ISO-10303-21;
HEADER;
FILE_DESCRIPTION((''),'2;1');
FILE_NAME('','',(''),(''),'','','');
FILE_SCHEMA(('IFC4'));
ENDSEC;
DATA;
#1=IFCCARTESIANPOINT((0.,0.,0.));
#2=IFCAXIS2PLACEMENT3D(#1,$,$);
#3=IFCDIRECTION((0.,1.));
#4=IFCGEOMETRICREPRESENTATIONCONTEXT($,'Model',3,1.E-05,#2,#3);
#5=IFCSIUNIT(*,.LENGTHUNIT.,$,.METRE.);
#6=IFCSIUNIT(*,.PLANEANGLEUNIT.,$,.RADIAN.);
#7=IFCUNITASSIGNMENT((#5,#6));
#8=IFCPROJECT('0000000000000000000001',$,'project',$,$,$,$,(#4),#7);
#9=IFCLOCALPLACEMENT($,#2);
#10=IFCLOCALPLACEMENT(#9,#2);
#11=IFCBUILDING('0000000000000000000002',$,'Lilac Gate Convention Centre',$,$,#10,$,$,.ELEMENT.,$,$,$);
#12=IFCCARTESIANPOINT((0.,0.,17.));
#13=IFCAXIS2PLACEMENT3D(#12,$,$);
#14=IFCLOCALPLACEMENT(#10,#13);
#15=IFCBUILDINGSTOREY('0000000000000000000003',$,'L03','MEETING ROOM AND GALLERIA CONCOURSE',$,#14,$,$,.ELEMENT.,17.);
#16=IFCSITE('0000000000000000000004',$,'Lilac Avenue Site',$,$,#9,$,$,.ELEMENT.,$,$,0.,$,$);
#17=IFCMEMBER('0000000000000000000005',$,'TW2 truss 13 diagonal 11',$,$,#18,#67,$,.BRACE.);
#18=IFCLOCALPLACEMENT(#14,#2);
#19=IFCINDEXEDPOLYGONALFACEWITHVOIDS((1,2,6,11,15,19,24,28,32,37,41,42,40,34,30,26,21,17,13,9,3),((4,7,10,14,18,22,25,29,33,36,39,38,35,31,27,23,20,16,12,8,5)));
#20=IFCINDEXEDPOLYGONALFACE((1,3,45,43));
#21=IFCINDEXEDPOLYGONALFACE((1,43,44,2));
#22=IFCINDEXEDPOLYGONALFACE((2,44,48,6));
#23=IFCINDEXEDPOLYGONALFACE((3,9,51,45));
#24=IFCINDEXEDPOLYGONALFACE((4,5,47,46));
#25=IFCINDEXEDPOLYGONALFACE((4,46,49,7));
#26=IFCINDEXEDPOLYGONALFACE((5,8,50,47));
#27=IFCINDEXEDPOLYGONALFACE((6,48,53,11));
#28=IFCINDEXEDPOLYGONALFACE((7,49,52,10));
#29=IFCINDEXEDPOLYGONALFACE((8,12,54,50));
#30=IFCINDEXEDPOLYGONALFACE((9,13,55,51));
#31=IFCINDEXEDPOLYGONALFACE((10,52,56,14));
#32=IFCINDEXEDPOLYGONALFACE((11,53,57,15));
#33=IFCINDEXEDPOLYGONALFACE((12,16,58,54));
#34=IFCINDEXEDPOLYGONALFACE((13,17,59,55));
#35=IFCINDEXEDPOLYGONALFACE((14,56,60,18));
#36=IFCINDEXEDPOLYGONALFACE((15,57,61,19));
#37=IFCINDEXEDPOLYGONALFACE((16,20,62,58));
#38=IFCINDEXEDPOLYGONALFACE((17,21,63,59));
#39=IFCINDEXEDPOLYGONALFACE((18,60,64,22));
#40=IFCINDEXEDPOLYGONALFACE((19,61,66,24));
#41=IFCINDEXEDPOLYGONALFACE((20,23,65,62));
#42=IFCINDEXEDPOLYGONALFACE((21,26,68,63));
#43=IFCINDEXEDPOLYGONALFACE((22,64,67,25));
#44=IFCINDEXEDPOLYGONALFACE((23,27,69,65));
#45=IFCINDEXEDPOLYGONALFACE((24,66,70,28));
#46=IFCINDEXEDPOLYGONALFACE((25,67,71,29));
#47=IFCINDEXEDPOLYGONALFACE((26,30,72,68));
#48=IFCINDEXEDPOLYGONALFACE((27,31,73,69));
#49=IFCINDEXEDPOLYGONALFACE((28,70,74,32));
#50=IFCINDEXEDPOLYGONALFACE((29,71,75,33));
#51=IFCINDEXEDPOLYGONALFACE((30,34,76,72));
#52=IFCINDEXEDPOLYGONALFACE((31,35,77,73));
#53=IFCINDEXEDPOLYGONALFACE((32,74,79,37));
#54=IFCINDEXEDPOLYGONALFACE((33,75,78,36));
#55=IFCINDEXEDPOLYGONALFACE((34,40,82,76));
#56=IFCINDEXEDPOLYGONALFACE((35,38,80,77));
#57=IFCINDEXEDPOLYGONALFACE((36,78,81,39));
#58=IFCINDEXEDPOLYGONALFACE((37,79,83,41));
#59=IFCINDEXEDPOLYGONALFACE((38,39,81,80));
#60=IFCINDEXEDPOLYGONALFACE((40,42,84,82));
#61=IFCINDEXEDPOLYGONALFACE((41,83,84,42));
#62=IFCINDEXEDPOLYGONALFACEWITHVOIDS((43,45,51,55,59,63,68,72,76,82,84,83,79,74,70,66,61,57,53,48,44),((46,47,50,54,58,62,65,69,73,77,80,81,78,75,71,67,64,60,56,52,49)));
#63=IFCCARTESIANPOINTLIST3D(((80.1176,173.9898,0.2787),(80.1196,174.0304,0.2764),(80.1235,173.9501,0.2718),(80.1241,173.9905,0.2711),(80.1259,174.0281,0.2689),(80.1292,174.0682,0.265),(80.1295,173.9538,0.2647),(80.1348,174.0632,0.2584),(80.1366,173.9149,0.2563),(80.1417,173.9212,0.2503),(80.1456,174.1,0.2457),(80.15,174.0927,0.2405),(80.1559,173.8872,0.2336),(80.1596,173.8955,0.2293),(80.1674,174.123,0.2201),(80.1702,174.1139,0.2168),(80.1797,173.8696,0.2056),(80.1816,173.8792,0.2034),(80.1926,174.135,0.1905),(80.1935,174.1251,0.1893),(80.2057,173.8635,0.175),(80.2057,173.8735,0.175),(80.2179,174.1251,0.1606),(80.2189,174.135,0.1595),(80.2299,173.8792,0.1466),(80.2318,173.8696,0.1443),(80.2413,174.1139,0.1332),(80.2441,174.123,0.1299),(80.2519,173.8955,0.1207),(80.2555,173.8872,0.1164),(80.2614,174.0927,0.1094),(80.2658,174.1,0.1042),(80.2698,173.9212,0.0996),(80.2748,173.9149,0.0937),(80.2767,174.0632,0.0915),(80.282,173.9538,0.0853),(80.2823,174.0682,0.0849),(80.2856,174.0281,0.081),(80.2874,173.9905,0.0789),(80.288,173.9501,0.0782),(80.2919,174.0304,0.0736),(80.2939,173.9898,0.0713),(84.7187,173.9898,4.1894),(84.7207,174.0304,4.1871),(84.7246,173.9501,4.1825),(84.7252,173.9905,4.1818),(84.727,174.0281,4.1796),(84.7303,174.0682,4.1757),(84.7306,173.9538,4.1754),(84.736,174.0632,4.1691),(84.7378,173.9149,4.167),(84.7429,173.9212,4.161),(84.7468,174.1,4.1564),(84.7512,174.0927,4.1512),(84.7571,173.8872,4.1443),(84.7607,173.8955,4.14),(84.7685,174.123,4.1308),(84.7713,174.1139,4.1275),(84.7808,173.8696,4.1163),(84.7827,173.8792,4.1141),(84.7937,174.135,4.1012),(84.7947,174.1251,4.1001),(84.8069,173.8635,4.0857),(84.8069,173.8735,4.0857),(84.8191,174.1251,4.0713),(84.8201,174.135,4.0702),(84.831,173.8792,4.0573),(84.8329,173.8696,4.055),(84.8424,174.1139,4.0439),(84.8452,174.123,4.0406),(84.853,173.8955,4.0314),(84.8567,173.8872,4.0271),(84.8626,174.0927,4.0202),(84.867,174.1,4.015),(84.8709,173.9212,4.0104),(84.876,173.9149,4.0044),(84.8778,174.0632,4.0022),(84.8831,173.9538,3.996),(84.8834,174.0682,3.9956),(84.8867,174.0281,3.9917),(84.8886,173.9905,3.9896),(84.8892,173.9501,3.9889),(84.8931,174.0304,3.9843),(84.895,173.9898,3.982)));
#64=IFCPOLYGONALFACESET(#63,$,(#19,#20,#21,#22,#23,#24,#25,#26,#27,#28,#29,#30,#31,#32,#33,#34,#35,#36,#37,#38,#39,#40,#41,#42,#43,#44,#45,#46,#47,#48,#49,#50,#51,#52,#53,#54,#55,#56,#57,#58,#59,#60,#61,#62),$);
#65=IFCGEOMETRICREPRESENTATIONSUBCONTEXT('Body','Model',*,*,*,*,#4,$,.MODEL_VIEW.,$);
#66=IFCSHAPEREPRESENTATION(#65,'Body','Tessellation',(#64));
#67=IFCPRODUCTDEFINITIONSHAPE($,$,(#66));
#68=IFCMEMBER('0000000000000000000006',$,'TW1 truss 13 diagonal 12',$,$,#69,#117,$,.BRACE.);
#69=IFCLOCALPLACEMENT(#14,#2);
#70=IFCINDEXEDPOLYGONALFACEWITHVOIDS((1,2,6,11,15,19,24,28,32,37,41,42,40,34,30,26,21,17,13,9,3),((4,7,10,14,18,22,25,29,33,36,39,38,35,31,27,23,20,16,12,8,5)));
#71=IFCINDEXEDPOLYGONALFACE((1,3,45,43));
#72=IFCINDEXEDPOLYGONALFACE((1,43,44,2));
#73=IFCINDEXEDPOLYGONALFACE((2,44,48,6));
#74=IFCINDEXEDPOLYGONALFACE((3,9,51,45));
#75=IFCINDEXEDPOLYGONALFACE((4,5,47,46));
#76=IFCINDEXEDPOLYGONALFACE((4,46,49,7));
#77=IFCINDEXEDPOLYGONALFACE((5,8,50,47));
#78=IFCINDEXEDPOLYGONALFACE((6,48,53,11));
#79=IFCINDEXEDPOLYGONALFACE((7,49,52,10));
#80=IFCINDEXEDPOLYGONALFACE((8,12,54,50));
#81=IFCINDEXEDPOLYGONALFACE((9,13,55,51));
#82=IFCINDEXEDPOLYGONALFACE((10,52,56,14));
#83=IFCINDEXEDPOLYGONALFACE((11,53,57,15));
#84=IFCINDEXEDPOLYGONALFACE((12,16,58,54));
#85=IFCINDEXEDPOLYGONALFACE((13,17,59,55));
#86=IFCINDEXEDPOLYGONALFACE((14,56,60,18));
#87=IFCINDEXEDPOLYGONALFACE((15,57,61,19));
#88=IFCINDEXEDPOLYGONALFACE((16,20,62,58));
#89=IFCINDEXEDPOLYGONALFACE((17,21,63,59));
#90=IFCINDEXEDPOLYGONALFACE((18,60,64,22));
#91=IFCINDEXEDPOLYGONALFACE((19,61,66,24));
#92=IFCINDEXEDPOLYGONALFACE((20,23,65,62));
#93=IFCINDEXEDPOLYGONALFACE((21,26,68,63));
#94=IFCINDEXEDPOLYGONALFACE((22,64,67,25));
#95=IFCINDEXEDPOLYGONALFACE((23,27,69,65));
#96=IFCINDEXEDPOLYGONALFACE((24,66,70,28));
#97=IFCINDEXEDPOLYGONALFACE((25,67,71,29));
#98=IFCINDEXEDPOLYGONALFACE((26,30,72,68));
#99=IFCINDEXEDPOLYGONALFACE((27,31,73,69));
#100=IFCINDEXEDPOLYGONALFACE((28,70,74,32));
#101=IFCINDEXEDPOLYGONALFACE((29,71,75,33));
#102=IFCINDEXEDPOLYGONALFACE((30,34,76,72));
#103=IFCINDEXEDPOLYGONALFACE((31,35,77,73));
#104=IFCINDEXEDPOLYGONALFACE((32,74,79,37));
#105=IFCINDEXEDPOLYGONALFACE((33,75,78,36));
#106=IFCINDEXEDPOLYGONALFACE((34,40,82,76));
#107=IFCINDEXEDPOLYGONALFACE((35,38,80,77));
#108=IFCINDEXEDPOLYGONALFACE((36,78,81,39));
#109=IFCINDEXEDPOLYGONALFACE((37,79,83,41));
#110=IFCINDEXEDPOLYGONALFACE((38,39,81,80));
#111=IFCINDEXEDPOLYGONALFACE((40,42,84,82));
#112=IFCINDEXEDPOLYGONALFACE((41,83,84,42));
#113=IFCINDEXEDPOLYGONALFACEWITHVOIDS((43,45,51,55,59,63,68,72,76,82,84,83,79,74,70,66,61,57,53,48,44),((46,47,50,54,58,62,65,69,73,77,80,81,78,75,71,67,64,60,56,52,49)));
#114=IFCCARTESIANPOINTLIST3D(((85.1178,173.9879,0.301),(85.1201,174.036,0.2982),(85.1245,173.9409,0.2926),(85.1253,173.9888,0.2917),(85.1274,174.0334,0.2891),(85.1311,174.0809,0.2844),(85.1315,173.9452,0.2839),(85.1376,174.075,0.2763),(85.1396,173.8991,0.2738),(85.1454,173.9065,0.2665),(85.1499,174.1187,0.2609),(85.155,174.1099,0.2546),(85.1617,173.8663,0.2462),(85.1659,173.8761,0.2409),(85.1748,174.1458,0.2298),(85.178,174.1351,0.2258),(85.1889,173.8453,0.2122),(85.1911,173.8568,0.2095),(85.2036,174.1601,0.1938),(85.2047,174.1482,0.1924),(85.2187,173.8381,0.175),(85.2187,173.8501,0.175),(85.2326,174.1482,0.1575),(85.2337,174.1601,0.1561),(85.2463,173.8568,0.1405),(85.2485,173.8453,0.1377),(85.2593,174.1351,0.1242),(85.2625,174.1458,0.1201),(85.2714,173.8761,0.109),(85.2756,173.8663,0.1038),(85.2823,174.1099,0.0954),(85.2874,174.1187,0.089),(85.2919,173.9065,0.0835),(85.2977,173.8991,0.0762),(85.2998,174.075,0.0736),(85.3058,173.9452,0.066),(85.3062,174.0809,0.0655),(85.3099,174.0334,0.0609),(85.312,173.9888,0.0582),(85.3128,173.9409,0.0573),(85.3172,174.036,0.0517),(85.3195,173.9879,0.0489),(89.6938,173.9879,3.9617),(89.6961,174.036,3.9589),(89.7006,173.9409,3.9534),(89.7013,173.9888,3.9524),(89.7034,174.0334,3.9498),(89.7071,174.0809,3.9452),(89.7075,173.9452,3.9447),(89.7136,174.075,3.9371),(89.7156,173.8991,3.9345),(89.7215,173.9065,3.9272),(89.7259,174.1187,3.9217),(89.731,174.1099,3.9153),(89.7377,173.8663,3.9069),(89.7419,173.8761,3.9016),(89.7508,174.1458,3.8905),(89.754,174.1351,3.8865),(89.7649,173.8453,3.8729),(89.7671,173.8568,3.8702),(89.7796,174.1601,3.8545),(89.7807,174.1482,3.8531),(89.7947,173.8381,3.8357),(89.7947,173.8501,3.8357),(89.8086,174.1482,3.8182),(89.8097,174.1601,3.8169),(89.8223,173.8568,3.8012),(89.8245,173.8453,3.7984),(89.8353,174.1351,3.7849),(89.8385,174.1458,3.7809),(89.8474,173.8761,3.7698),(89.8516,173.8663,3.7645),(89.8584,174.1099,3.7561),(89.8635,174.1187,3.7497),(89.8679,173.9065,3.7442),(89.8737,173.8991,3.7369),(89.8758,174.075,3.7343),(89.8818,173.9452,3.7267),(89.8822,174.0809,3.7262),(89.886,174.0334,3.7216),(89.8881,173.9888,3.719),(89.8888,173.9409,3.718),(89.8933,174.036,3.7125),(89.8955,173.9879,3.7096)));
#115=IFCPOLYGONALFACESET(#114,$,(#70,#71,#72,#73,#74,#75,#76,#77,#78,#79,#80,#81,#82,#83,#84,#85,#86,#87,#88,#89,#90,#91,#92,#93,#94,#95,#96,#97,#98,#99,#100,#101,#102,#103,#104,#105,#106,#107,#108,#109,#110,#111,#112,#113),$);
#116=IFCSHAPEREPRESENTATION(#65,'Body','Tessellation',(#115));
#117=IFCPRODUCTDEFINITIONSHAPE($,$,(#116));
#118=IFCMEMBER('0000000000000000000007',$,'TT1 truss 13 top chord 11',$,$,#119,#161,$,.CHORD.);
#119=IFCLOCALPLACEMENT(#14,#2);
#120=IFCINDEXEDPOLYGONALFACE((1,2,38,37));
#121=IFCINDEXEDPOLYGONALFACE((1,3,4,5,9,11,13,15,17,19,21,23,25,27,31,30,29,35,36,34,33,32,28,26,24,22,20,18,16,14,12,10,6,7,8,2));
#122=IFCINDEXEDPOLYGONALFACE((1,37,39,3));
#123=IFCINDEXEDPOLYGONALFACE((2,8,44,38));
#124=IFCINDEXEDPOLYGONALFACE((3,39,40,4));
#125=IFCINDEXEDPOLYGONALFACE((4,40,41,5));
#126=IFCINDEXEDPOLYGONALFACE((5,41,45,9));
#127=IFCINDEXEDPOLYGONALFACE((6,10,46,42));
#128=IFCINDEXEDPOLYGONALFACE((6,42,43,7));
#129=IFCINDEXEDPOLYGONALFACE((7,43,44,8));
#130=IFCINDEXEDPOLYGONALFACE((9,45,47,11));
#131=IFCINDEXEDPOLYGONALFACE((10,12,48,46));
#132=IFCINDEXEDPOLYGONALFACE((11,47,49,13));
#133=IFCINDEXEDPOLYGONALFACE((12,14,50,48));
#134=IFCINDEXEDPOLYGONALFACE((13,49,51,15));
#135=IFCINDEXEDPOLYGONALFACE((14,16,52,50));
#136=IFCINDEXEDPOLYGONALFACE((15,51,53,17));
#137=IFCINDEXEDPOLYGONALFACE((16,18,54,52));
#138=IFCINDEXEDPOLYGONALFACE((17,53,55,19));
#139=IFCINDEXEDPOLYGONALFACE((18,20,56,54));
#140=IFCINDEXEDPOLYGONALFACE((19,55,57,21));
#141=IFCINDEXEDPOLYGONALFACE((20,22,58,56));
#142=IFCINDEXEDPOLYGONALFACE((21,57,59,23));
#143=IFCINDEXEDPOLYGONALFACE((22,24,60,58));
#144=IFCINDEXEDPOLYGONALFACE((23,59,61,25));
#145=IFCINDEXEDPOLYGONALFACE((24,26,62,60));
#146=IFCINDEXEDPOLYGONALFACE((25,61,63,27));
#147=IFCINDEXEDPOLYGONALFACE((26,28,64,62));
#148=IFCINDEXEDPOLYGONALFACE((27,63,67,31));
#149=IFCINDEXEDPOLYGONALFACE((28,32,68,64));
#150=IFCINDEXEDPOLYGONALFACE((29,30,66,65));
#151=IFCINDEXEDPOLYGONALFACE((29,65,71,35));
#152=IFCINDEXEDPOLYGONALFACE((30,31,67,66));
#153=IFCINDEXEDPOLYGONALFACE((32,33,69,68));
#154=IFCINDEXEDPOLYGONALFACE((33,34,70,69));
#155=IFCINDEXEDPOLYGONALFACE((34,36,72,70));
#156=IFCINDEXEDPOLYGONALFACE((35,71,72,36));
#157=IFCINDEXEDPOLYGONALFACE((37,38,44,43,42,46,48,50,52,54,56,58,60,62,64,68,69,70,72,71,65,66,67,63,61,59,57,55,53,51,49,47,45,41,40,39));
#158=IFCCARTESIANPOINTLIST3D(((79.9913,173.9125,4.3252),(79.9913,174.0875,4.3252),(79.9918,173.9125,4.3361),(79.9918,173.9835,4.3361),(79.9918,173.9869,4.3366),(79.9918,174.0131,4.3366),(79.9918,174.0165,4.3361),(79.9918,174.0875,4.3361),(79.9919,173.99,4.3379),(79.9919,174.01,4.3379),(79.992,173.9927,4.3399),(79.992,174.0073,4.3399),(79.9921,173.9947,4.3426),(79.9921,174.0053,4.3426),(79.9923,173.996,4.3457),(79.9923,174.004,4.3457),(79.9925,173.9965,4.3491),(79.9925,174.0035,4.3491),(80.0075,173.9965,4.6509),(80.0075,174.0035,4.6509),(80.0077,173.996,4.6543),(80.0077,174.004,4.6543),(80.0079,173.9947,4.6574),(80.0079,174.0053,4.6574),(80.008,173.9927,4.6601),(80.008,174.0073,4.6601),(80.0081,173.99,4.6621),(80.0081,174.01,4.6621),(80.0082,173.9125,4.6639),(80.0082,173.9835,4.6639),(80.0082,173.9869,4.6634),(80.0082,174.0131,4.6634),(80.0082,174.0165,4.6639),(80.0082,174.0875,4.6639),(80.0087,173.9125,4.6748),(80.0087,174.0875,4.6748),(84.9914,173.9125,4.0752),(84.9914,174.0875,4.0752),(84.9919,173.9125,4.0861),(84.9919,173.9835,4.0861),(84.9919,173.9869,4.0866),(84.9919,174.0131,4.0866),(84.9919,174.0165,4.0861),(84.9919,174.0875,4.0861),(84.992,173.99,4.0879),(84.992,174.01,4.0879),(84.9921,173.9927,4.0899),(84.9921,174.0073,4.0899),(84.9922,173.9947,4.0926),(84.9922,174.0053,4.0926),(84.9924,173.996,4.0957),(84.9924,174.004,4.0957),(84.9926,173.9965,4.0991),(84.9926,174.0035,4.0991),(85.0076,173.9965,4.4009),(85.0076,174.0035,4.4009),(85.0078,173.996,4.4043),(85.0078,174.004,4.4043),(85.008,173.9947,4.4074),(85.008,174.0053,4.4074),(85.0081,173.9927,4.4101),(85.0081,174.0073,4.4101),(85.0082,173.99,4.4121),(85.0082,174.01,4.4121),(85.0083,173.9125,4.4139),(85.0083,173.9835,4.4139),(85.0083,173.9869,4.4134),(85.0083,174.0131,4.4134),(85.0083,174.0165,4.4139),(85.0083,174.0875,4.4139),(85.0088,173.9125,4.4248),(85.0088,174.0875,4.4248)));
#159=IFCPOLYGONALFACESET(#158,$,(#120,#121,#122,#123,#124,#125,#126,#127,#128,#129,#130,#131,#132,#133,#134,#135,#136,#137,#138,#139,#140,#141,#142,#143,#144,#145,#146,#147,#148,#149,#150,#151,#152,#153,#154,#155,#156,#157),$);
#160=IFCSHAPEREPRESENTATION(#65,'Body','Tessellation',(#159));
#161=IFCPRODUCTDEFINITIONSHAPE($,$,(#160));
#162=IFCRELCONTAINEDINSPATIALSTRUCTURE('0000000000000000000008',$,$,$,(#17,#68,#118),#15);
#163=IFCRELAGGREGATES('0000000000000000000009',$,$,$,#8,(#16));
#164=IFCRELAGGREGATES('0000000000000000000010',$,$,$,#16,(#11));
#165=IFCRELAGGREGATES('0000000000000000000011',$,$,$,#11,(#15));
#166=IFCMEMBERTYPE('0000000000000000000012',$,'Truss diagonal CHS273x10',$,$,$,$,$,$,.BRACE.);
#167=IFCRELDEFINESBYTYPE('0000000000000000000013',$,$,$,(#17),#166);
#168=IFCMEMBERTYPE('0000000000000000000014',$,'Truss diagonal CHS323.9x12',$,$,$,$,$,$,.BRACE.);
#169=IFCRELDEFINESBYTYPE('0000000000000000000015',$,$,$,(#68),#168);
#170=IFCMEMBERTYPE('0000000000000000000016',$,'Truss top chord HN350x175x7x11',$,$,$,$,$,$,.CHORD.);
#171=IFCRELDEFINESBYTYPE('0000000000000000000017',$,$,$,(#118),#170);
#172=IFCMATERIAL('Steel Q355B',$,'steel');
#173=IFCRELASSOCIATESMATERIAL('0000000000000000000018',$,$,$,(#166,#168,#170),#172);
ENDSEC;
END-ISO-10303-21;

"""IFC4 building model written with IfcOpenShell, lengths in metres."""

from ifc_helpers import new_model, si_unit, direction, frame, origin, origin_2d, place, context, subcontext, project, spatial, hollow_circle, i_section, extrude, material, material_profile, profile_set, type_object, element, save


model = new_model("IFC4")

# Units and contexts
model_context = context("Model", 3, precision=1e-05, world=origin(), true_north=direction((0.0, 1.0)))
body_context = subcontext(model_context, "Body", "Model", "MODEL_VIEW")
ifc_project = project(units=[si_unit("LENGTHUNIT", "METRE"), si_unit("PLANEANGLEUNIT", "RADIAN")], contexts=[model_context])

# Site, building, storey
site_placement = place(None, origin())
site = spatial("IfcSite", under=ifc_project, at=site_placement, Name="Lilac Avenue Site", CompositionType="ELEMENT", RefElevation=0.0)
building_placement = place(site_placement, origin())
building = spatial("IfcBuilding", under=site, at=building_placement, Name="Lilac Gate Convention Centre", CompositionType="ELEMENT")
storey_placement = place(building_placement, frame((0.0, 0.0, 17.0)))
storey = spatial("IfcBuildingStorey", under=building, at=storey_placement, Name="L03", Description="MEETING ROOM AND GALLERIA CONCOURSE", CompositionType="ELEMENT", Elevation=17.0)

# Members
ifc_material = material(Name="Steel Q355B", Category="steel")
ifc_material_profile_1 = material_profile(ifc_material, hollow_circle(Radius=0.1365, WallThickness=0.01, at=origin_2d()), Name="CHS273x10")
ifc_profile_set_1 = profile_set([ifc_material_profile_1], Name="Steel Q355B")
member_type_1 = type_object("IfcMemberType", Name="Truss diagonal CHS273x10", PredefinedType="BRACE", material=ifc_profile_set_1)
member_1_placement = place(storey_placement, frame((84.8069, 174.0, 4.0857), z_axis=(-0.761961, 0.0, -0.647623), x_axis=(0.0, -1.0, 0.0)))
element("IfcMember", 1, at=member_1_placement, inside=storey, type_object=member_type_1, Name="TW2 truss 13 diagonal 11", PredefinedType="BRACE", context=body_context, shape_type="SweptSolid", body=[
    extrude(hollow_circle(Radius=0.1365, WallThickness=0.01, at=origin_2d()), origin(), (0.0, 0.0, 1.0), 6.0386),
])
ifc_material_profile_2 = material_profile(ifc_material, hollow_circle(Radius=0.1619, WallThickness=0.012, at=origin_2d()), Name="CHS323.9x12")
ifc_profile_set_2 = profile_set([ifc_material_profile_2], Name="Steel Q355B")
member_type_2 = type_object("IfcMemberType", Name="Truss diagonal CHS323.9x12", PredefinedType="BRACE", material=ifc_profile_set_2)
member_2_placement = place(storey_placement, frame((89.7947, 174.0, 3.8357), z_axis=(-0.780877, 0.0, -0.624685), x_axis=(0.0, -1.0, 0.0)))
element("IfcMember", 2, at=member_2_placement, inside=storey, type_object=member_type_2, Name="TW1 truss 13 diagonal 12", PredefinedType="BRACE", context=body_context, shape_type="SweptSolid", body=[
    extrude(hollow_circle(Radius=0.1619, WallThickness=0.012, at=origin_2d()), origin(), (0.0, 0.0, 1.0), 5.8601),
])
ifc_material_profile_3 = material_profile(ifc_material, i_section(OverallWidth=0.175, OverallDepth=0.3501, WebThickness=0.0071, FlangeThickness=0.011, FilletRadius=0.0129, at=origin_2d()), Name="HN350x175x7x11")
ifc_profile_set_3 = profile_set([ifc_material_profile_3], Name="Steel Q355B")
member_type_3 = type_object("IfcMemberType", Name="Truss top chord HN350x175x7x11", PredefinedType="CHORD", material=ifc_profile_set_3)
for number, where, z_axis, x_axis, name in (
    (3, (80.0, 174.0, 4.5), (0.998752, 0.0, -0.049938), (0.0, 1.0, 0.0), "TT1 truss 13 top chord 11"),
):
    element("IfcMember", number, at=place(storey_placement, frame(where, z_axis=z_axis, x_axis=x_axis)), inside=storey, type_object=member_type_3, Name=name, PredefinedType="CHORD", context=body_context, shape_type="SweptSolid", body=[
        extrude(i_section(OverallWidth=0.175, OverallDepth=0.3501, WebThickness=0.0071, FlangeThickness=0.011, FilletRadius=0.0129, at=origin_2d()), origin(), (0.0, 0.0, 1.0), 5.0063),
    ])

save(model, "model.ifc")
